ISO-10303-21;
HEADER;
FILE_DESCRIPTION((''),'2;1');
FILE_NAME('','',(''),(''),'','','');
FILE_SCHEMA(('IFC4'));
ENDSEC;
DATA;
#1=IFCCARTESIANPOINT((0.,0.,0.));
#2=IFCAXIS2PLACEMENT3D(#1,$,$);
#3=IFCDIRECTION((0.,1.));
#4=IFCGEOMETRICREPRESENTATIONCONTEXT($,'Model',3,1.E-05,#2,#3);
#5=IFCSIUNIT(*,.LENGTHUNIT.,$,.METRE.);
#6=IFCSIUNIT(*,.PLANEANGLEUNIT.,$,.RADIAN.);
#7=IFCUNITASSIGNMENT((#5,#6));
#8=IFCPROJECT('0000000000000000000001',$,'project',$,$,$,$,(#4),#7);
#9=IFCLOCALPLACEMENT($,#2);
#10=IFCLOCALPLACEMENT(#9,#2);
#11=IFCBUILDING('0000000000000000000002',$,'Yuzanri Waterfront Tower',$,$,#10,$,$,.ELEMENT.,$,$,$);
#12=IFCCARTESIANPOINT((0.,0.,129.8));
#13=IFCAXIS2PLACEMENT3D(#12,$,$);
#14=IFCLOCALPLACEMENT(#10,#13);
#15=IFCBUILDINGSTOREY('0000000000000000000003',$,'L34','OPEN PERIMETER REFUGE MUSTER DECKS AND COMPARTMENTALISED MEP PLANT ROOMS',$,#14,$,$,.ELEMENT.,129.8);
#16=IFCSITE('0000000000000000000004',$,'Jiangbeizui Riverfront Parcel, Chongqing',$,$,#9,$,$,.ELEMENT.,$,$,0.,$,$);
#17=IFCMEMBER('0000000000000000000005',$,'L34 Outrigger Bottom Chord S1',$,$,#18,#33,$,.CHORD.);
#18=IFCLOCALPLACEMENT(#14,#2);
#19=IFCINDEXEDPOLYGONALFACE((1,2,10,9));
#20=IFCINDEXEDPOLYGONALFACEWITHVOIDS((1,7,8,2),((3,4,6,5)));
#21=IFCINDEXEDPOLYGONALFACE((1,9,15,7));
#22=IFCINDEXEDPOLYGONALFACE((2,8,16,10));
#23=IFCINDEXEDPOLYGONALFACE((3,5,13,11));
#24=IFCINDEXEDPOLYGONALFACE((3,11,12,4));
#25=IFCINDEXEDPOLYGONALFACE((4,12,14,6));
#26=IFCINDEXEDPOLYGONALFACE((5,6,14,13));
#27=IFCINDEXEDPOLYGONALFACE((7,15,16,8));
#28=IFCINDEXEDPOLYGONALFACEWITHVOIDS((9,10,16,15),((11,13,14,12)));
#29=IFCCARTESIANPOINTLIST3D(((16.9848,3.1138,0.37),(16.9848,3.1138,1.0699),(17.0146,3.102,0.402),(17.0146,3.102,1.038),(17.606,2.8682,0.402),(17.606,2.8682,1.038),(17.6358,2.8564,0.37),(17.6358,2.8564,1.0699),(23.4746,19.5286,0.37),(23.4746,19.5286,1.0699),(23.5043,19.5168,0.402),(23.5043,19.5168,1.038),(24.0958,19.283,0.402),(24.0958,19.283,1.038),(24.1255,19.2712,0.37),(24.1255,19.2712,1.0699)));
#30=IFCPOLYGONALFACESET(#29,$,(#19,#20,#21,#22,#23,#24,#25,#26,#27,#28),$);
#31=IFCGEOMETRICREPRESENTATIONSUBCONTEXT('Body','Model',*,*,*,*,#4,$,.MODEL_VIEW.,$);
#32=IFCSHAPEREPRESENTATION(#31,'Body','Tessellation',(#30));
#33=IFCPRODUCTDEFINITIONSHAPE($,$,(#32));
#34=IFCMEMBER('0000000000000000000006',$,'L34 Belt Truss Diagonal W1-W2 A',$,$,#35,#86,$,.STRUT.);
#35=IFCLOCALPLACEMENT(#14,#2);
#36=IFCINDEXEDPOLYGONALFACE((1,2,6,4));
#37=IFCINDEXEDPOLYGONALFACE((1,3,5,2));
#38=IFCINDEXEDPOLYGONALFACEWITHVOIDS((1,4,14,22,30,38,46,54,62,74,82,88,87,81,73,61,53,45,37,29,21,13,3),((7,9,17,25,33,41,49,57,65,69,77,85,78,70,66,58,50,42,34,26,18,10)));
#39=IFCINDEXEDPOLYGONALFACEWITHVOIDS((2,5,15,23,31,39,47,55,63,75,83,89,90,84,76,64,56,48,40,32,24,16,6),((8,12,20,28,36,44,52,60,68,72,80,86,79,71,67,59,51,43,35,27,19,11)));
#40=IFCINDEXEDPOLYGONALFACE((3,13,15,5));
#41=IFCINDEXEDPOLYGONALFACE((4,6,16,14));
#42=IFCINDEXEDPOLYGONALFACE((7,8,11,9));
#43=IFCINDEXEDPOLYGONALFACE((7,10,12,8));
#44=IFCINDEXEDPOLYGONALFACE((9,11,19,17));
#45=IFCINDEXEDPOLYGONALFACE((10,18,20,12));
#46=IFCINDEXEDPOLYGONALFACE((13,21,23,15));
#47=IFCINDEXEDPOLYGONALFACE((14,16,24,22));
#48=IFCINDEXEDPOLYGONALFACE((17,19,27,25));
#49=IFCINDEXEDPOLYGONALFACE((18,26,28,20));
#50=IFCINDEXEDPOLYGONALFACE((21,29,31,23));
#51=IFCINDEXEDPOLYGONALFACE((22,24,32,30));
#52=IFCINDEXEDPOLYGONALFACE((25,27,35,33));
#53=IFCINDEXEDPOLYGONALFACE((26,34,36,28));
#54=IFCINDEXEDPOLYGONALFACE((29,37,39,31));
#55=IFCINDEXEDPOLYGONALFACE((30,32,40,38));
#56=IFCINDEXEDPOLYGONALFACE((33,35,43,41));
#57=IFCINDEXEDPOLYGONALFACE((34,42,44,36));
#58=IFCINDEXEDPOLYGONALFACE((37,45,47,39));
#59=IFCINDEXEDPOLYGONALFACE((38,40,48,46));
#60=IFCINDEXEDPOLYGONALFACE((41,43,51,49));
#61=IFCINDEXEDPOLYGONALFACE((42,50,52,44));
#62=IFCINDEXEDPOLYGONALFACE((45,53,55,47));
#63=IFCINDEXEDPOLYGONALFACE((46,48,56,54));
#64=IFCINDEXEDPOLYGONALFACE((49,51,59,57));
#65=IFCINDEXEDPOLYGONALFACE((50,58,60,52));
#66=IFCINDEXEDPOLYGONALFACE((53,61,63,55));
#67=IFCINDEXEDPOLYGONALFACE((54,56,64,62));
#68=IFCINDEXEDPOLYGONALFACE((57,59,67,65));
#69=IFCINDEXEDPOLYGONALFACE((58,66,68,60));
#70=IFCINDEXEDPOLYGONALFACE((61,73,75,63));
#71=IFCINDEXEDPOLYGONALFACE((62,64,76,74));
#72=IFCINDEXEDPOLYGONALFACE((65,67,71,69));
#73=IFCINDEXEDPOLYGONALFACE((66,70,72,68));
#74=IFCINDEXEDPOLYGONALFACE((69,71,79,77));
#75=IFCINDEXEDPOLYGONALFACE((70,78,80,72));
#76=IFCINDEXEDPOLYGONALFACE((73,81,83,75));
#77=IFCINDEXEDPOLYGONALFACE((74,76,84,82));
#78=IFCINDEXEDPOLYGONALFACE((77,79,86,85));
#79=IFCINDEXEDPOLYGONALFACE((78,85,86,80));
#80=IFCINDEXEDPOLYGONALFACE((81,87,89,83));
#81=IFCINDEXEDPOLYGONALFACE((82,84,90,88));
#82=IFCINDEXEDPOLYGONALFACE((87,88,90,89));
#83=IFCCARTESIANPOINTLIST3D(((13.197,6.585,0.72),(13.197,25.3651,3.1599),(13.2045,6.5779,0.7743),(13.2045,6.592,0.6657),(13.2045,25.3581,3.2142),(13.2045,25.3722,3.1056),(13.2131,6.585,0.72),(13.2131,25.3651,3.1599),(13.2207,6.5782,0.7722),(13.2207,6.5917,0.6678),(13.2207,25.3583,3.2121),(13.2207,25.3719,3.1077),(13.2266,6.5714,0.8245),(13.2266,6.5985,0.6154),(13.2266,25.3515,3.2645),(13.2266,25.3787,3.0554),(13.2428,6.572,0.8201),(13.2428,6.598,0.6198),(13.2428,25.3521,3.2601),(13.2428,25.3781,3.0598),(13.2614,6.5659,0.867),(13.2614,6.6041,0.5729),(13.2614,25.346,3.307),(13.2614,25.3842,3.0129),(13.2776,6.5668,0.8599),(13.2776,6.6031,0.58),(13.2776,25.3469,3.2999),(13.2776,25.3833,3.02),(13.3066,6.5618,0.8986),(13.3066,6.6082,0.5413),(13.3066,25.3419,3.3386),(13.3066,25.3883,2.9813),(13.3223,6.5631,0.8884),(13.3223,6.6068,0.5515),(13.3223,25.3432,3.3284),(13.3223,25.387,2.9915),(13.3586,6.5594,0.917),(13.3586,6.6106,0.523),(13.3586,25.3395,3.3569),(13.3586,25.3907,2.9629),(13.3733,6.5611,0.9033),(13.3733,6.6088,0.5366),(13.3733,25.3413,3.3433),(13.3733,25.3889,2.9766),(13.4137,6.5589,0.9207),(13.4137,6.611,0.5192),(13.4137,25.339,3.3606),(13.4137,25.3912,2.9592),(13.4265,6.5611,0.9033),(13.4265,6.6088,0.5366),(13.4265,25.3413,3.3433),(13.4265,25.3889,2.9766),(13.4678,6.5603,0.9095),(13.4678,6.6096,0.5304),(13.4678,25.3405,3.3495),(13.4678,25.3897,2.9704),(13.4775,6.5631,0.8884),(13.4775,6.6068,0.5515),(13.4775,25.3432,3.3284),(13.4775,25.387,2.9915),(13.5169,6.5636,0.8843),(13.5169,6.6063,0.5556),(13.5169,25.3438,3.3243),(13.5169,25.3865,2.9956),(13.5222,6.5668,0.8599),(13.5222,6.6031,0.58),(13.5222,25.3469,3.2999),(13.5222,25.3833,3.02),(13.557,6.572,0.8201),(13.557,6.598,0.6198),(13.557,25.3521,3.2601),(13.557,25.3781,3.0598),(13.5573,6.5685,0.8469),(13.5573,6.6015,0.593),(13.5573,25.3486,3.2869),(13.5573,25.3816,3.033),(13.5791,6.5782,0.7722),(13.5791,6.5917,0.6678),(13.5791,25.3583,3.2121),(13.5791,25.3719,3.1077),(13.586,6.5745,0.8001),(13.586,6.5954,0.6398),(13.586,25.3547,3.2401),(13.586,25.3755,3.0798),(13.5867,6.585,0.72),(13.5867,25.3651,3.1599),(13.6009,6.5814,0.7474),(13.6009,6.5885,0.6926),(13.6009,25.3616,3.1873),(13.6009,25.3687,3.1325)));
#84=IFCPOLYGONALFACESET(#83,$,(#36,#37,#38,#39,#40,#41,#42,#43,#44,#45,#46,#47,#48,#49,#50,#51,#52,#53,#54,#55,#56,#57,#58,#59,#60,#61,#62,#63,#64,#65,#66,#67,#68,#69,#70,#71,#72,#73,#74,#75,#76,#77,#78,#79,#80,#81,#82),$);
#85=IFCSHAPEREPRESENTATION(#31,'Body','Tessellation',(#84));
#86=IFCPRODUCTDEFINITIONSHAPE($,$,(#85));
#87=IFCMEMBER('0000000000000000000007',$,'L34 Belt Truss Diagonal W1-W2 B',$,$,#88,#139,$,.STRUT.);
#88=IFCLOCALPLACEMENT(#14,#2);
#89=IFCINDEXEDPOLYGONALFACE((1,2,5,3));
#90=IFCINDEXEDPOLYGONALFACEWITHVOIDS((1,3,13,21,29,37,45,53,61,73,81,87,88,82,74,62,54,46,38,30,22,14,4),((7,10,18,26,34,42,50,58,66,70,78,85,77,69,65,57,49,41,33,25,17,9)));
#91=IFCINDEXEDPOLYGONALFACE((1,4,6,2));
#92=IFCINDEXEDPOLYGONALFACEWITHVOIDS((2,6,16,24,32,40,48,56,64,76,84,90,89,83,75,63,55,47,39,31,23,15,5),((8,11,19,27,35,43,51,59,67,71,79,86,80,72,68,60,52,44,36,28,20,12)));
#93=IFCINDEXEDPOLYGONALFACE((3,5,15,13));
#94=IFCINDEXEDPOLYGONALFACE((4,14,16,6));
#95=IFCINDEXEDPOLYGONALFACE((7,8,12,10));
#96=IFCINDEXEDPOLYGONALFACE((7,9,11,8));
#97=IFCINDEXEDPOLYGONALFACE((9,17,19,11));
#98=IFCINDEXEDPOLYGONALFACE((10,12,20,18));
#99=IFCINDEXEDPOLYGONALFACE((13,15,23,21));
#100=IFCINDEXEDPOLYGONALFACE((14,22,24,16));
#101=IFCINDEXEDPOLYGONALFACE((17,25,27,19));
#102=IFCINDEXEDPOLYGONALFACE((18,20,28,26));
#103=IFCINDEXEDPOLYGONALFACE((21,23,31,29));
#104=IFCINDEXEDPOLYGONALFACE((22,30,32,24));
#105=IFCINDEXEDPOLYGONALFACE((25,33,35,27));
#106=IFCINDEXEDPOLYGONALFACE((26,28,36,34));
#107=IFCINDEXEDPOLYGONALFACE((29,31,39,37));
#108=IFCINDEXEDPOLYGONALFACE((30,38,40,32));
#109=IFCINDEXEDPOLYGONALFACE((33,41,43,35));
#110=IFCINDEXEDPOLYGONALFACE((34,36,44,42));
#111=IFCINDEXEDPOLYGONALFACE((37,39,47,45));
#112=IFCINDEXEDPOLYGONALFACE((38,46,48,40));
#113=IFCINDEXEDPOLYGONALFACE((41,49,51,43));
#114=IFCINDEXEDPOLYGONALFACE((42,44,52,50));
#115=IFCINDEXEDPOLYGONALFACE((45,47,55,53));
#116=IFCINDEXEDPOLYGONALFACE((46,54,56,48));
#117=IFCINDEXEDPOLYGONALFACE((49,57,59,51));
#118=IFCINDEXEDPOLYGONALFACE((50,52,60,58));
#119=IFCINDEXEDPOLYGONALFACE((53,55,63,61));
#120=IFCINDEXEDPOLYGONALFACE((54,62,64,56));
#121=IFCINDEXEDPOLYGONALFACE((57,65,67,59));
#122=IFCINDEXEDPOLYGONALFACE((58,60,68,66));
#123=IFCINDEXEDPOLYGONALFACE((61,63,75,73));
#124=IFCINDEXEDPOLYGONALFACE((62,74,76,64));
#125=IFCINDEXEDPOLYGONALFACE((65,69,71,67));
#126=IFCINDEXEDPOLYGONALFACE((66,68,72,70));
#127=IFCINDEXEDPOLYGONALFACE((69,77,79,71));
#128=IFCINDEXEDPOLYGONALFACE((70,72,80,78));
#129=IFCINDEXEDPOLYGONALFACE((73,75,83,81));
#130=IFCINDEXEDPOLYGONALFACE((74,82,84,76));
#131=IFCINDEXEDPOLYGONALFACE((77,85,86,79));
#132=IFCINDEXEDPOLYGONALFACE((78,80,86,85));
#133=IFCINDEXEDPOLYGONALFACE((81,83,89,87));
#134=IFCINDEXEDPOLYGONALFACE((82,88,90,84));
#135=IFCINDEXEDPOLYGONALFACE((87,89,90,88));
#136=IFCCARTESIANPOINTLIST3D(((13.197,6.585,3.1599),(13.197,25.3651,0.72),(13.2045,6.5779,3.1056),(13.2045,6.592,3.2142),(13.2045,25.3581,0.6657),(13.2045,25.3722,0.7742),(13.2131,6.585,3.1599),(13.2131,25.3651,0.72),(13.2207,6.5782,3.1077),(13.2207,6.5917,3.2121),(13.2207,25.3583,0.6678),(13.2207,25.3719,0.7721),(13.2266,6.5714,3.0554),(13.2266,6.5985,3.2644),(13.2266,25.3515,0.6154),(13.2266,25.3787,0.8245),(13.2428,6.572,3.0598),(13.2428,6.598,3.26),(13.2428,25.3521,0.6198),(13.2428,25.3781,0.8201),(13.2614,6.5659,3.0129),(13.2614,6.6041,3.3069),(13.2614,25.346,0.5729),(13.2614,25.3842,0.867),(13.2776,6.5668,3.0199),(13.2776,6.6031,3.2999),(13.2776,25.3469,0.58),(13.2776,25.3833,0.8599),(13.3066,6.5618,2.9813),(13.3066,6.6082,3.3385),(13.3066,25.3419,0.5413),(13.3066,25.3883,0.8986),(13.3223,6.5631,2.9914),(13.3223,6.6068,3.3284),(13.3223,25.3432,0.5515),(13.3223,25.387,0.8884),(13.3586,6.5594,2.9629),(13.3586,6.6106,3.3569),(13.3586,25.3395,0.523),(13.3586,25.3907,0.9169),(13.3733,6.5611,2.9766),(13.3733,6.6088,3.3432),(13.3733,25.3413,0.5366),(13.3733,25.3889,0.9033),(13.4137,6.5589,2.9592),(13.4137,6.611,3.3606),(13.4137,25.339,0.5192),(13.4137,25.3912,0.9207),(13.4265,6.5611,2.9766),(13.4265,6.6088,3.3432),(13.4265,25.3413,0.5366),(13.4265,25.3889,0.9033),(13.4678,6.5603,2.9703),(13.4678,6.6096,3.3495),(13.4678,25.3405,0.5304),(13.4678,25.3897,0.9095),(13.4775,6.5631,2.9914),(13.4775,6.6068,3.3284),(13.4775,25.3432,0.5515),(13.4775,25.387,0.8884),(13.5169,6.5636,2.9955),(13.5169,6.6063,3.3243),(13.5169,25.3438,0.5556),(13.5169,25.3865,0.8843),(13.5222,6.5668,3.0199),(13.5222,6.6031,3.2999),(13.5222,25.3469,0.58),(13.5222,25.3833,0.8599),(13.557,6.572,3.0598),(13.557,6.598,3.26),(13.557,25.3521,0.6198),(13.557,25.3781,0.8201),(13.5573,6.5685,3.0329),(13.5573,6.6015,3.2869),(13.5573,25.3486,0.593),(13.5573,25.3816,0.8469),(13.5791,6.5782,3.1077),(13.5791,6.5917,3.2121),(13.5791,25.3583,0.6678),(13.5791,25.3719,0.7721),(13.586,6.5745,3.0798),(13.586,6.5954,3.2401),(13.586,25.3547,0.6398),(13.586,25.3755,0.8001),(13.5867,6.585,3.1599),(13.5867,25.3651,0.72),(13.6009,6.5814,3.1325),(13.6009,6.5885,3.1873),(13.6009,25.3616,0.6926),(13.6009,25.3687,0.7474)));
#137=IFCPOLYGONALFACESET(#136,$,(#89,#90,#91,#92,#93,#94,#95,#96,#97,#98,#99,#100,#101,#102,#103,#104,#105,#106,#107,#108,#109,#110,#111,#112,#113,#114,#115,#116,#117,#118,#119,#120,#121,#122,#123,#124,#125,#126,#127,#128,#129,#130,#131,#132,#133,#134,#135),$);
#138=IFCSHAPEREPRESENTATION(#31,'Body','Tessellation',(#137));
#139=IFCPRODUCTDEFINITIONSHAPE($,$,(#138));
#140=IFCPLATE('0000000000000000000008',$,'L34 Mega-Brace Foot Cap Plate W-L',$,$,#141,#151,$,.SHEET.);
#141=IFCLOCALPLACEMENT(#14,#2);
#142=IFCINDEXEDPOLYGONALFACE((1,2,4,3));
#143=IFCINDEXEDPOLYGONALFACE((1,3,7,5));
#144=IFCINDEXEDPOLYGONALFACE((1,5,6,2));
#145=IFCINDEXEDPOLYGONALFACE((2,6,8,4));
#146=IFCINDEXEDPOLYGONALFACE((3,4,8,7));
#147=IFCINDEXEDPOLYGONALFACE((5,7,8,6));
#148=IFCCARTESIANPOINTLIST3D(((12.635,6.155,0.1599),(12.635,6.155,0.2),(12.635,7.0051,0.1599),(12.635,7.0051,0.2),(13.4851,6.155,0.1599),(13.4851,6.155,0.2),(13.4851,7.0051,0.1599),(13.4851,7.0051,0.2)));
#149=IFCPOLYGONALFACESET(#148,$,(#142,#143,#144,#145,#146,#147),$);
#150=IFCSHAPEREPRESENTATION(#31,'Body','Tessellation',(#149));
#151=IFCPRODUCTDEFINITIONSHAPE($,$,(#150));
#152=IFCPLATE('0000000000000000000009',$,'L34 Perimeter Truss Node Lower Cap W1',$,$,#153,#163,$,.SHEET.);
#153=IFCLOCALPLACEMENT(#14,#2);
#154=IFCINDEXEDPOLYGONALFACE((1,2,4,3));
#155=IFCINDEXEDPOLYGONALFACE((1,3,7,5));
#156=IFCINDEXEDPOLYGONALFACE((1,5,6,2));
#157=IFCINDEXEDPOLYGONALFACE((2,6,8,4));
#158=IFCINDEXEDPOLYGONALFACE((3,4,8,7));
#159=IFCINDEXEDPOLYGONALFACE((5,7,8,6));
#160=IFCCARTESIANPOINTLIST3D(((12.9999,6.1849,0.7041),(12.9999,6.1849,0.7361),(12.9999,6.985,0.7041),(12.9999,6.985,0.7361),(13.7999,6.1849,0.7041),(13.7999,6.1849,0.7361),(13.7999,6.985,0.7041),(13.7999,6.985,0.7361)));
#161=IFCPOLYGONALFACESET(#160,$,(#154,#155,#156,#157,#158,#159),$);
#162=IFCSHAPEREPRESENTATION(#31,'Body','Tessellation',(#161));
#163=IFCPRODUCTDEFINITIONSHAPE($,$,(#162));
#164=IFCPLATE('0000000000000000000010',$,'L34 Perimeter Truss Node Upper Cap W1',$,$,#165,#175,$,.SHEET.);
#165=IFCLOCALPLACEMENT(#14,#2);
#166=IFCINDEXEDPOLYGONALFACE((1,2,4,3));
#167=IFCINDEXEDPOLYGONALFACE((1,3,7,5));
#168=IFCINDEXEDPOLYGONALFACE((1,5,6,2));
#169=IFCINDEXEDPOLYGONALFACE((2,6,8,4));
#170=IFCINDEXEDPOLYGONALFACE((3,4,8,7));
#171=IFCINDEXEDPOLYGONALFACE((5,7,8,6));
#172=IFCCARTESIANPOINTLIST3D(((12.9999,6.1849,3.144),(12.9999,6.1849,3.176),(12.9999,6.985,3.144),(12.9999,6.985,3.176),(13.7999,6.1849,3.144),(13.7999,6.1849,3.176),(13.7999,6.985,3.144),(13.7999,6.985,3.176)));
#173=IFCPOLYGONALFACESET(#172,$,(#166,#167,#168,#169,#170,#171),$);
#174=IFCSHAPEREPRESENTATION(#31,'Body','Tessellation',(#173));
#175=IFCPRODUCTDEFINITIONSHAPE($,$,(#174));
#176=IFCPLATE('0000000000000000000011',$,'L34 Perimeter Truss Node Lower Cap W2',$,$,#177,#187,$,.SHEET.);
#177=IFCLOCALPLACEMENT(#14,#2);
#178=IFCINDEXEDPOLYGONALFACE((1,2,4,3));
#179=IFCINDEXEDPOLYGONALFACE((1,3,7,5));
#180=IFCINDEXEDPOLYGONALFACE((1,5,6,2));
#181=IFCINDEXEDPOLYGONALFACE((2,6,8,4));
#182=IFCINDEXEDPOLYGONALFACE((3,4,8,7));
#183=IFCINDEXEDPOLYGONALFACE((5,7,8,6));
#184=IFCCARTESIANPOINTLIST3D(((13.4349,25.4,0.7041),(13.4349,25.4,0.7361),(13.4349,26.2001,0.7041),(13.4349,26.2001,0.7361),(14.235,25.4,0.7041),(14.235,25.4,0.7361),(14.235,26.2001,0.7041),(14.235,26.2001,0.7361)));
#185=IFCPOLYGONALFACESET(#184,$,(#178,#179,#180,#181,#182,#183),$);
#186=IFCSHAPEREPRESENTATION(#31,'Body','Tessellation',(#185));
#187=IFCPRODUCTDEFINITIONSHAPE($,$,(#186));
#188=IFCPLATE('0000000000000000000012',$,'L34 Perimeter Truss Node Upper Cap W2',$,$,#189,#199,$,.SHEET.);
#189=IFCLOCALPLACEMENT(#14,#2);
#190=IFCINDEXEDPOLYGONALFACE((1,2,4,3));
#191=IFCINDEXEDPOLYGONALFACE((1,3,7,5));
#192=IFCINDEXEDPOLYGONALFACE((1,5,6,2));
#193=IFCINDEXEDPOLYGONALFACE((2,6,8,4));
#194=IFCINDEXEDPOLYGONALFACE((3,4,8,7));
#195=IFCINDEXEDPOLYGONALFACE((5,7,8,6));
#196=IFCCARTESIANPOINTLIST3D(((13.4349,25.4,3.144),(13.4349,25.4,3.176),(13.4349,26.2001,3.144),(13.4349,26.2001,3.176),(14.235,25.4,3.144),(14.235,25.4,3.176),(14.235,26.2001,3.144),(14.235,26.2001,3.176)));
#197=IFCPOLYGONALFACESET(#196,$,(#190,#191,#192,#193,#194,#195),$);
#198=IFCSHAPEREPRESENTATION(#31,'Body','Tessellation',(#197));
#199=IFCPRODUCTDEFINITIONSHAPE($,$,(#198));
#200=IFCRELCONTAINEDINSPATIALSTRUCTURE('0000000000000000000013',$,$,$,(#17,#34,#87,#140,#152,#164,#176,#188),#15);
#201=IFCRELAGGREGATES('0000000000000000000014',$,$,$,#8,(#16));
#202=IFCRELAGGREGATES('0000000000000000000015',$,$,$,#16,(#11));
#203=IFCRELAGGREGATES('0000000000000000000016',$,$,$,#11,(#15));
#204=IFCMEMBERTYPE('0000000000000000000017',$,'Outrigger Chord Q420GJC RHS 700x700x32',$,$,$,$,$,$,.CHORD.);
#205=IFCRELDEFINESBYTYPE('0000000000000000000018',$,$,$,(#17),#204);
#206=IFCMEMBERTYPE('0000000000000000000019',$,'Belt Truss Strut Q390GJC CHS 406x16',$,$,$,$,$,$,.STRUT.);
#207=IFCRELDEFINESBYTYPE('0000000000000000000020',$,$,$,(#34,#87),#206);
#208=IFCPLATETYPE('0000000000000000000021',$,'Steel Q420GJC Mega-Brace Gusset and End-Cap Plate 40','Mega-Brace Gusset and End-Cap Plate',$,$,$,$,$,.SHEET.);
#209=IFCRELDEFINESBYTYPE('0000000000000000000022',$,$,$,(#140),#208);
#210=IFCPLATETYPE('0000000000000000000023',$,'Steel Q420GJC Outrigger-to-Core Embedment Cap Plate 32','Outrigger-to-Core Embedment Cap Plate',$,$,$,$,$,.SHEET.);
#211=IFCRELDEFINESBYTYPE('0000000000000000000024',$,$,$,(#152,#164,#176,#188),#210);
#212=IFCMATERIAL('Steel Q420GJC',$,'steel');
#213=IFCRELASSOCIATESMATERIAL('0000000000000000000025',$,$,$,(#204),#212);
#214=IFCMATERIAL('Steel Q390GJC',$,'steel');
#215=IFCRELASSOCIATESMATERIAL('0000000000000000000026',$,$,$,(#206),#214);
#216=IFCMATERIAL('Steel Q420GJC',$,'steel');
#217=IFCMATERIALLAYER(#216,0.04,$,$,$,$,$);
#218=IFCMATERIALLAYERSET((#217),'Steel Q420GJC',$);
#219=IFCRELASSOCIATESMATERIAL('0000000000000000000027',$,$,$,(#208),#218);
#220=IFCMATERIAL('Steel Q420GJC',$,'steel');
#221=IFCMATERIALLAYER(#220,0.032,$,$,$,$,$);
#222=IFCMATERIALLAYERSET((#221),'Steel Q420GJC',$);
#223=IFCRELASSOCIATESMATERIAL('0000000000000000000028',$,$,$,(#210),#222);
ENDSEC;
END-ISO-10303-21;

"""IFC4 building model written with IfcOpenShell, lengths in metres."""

from ifc_helpers import new_model, si_unit, direction, frame, origin, origin_2d, place, context, subcontext, project, spatial, rectangle, hollow_rectangle, hollow_circle, extrude, source, transform, mapped, material, layer, layer_set, material_profile, profile_set, type_object, element, save


model = new_model("IFC4")

# Units and contexts
model_context = context("Model", 3, precision=1e-05, world=origin(), true_north=direction((0.0, 1.0)))
body_context = subcontext(model_context, "Body", "Model", "MODEL_VIEW")
ifc_project = project(units=[si_unit("LENGTHUNIT", "METRE"), si_unit("PLANEANGLEUNIT", "RADIAN")], contexts=[model_context])

# Site, building, storey
site_placement = place(None, origin())
site = spatial("IfcSite", under=ifc_project, at=site_placement, Name="Jiangbeizui Riverfront Parcel, Chongqing", CompositionType="ELEMENT", RefElevation=0.0)
building_placement = place(site_placement, origin())
building = spatial("IfcBuilding", under=site, at=building_placement, Name="Yuzanri Waterfront Tower", CompositionType="ELEMENT")
storey_placement = place(building_placement, frame((0.0, 0.0, 129.8)))
storey = spatial("IfcBuildingStorey", under=building, at=storey_placement, Name="L34", Description="OPEN PERIMETER REFUGE MUSTER DECKS AND COMPARTMENTALISED MEP PLANT ROOMS", CompositionType="ELEMENT", Elevation=129.8)

# Members
ifc_material_1 = material(Name="Steel Q420GJC", Category="steel")
ifc_material_profile_1 = material_profile(ifc_material_1, hollow_rectangle(XDim=0.7, YDim=0.7, WallThickness=0.032, at=origin_2d()), Name="RHS 700x700x32")
ifc_profile_set_1 = profile_set([ifc_material_profile_1], Name="Steel Q420GJC")
member_type_1 = type_object("IfcMemberType", Name="Outrigger Chord Q420GJC RHS 700x700x32", PredefinedType="CHORD", material=ifc_profile_set_1)
shared_shape_1 = source(origin(), body_context, "Body", "SweptSolid", [
    extrude(hollow_rectangle(XDim=0.7, YDim=0.7, WallThickness=0.032, at=origin_2d()), origin(), (0.0, 0.0, 1.0), 17.6511),
])
member_1_placement = place(storey_placement, frame((23.8, 19.3999, 0.72), z_axis=(-0.367668, -0.929957, 0.0), x_axis=(0.929957, -0.367668, 0.0)))
element("IfcMember", 1, at=member_1_placement, inside=storey, type_object=member_type_1, Name="L34 Outrigger Bottom Chord S1", PredefinedType="CHORD", context=body_context, shape_type="MappedRepresentation", body=[
    mapped(shared_shape_1, transform((0.0, 0.0, 0.0), scale=1.0)),
])
ifc_material_2 = material(Name="Steel Q390GJC", Category="steel")
ifc_material_profile_2 = material_profile(ifc_material_2, hollow_circle(Radius=0.2029, WallThickness=0.0161, at=origin_2d()), Name="CHS 406x16")
ifc_profile_set_2 = profile_set([ifc_material_profile_2], Name="Steel Q390GJC")
member_type_2 = type_object("IfcMemberType", Name="Belt Truss Strut Q390GJC CHS 406x16", PredefinedType="STRUT", material=ifc_profile_set_2)
shared_shape_2 = source(origin(), body_context, "Body", "SweptSolid", [
    extrude(hollow_circle(Radius=0.2029, WallThickness=0.0161, at=origin_2d()), origin(), (0.0, 0.0, 1.0), 18.938),
])
for number, where, z_axis, x_axis, name in (
    (2, (13.3999, 6.585, 0.72), (0.0, 0.991665, 0.128839), (-1.0, 0.0, 0.0), "L34 Belt Truss Diagonal W1-W2 A"),
    (3, (13.3999, 6.585, 3.1599), (0.0, 0.991665, -0.128839), (-1.0, 0.0, 0.0), "L34 Belt Truss Diagonal W1-W2 B"),
):
    element("IfcMember", number, at=place(storey_placement, frame(where, z_axis=z_axis, x_axis=x_axis)), inside=storey, type_object=member_type_2, Name=name, PredefinedType="STRUT", context=body_context, shape_type="MappedRepresentation", body=[
        mapped(shared_shape_2, transform((0.0, 0.0, 0.0), scale=1.0)),
    ])

# Plates
ifc_material_3 = material(Name="Steel Q420GJC", Category="steel")
ifc_layer_1 = layer(ifc_material_3, 0.04)
ifc_layer_set_1 = layer_set([ifc_layer_1], Name="Steel Q420GJC")
plate_type_1 = type_object("IfcPlateType", Name="Steel Q420GJC Mega-Brace Gusset and End-Cap Plate 40", Description="Mega-Brace Gusset and End-Cap Plate", PredefinedType="SHEET", material=ifc_layer_set_1)
shared_shape_3 = source(origin(), body_context, "Body", "SweptSolid", [
    extrude(rectangle(XDim=0.8501, YDim=0.8501, at=origin_2d()), origin(), (0.0, 0.0, 1.0), 0.04),
])
plate_placement = place(storey_placement, frame((13.0601, 6.5801, 0.1599), z_axis=(0.0, 0.0, 1.0), x_axis=(1.0, 0.0, 0.0)))
element("IfcPlate", 4, at=plate_placement, inside=storey, type_object=plate_type_1, Name="L34 Mega-Brace Foot Cap Plate W-L", PredefinedType="SHEET", context=body_context, shape_type="MappedRepresentation", body=[
    mapped(shared_shape_3, transform((0.0, 0.0, 0.0), scale=1.0)),
])
ifc_material_4 = material(Name="Steel Q420GJC", Category="steel")
ifc_layer_2 = layer(ifc_material_4, 0.032)
ifc_layer_set_2 = layer_set([ifc_layer_2], Name="Steel Q420GJC")
plate_type_2 = type_object("IfcPlateType", Name="Steel Q420GJC Outrigger-to-Core Embedment Cap Plate 32", Description="Outrigger-to-Core Embedment Cap Plate", PredefinedType="SHEET", material=ifc_layer_set_2)
shared_shape_4 = source(origin(), body_context, "Body", "SweptSolid", [
    extrude(rectangle(XDim=0.8, YDim=0.8, at=origin_2d()), origin(), (0.0, 0.0, 1.0), 0.032),
])
for number, where, z_axis, x_axis, name in (
    (5, (13.3999, 6.585, 0.7041), (0.0, 0.0, 1.0), (1.0, 0.0, 0.0), "L34 Perimeter Truss Node Lower Cap W1"),
    (6, (13.3999, 6.585, 3.144), (0.0, 0.0, 1.0), (1.0, 0.0, 0.0), "L34 Perimeter Truss Node Upper Cap W1"),
    (7, (13.835, 25.8, 0.7041), (0.0, 0.0, 1.0), (1.0, 0.0, 0.0), "L34 Perimeter Truss Node Lower Cap W2"),
    (8, (13.835, 25.8, 3.144), (0.0, 0.0, 1.0), (1.0, 0.0, 0.0), "L34 Perimeter Truss Node Upper Cap W2"),
):
    element("IfcPlate", number, at=place(storey_placement, frame(where, z_axis=z_axis, x_axis=x_axis)), inside=storey, type_object=plate_type_2, Name=name, PredefinedType="SHEET", context=body_context, shape_type="MappedRepresentation", body=[
        mapped(shared_shape_4, transform((0.0, 0.0, 0.0), scale=1.0)),
    ])

save(model, "model.ifc")
